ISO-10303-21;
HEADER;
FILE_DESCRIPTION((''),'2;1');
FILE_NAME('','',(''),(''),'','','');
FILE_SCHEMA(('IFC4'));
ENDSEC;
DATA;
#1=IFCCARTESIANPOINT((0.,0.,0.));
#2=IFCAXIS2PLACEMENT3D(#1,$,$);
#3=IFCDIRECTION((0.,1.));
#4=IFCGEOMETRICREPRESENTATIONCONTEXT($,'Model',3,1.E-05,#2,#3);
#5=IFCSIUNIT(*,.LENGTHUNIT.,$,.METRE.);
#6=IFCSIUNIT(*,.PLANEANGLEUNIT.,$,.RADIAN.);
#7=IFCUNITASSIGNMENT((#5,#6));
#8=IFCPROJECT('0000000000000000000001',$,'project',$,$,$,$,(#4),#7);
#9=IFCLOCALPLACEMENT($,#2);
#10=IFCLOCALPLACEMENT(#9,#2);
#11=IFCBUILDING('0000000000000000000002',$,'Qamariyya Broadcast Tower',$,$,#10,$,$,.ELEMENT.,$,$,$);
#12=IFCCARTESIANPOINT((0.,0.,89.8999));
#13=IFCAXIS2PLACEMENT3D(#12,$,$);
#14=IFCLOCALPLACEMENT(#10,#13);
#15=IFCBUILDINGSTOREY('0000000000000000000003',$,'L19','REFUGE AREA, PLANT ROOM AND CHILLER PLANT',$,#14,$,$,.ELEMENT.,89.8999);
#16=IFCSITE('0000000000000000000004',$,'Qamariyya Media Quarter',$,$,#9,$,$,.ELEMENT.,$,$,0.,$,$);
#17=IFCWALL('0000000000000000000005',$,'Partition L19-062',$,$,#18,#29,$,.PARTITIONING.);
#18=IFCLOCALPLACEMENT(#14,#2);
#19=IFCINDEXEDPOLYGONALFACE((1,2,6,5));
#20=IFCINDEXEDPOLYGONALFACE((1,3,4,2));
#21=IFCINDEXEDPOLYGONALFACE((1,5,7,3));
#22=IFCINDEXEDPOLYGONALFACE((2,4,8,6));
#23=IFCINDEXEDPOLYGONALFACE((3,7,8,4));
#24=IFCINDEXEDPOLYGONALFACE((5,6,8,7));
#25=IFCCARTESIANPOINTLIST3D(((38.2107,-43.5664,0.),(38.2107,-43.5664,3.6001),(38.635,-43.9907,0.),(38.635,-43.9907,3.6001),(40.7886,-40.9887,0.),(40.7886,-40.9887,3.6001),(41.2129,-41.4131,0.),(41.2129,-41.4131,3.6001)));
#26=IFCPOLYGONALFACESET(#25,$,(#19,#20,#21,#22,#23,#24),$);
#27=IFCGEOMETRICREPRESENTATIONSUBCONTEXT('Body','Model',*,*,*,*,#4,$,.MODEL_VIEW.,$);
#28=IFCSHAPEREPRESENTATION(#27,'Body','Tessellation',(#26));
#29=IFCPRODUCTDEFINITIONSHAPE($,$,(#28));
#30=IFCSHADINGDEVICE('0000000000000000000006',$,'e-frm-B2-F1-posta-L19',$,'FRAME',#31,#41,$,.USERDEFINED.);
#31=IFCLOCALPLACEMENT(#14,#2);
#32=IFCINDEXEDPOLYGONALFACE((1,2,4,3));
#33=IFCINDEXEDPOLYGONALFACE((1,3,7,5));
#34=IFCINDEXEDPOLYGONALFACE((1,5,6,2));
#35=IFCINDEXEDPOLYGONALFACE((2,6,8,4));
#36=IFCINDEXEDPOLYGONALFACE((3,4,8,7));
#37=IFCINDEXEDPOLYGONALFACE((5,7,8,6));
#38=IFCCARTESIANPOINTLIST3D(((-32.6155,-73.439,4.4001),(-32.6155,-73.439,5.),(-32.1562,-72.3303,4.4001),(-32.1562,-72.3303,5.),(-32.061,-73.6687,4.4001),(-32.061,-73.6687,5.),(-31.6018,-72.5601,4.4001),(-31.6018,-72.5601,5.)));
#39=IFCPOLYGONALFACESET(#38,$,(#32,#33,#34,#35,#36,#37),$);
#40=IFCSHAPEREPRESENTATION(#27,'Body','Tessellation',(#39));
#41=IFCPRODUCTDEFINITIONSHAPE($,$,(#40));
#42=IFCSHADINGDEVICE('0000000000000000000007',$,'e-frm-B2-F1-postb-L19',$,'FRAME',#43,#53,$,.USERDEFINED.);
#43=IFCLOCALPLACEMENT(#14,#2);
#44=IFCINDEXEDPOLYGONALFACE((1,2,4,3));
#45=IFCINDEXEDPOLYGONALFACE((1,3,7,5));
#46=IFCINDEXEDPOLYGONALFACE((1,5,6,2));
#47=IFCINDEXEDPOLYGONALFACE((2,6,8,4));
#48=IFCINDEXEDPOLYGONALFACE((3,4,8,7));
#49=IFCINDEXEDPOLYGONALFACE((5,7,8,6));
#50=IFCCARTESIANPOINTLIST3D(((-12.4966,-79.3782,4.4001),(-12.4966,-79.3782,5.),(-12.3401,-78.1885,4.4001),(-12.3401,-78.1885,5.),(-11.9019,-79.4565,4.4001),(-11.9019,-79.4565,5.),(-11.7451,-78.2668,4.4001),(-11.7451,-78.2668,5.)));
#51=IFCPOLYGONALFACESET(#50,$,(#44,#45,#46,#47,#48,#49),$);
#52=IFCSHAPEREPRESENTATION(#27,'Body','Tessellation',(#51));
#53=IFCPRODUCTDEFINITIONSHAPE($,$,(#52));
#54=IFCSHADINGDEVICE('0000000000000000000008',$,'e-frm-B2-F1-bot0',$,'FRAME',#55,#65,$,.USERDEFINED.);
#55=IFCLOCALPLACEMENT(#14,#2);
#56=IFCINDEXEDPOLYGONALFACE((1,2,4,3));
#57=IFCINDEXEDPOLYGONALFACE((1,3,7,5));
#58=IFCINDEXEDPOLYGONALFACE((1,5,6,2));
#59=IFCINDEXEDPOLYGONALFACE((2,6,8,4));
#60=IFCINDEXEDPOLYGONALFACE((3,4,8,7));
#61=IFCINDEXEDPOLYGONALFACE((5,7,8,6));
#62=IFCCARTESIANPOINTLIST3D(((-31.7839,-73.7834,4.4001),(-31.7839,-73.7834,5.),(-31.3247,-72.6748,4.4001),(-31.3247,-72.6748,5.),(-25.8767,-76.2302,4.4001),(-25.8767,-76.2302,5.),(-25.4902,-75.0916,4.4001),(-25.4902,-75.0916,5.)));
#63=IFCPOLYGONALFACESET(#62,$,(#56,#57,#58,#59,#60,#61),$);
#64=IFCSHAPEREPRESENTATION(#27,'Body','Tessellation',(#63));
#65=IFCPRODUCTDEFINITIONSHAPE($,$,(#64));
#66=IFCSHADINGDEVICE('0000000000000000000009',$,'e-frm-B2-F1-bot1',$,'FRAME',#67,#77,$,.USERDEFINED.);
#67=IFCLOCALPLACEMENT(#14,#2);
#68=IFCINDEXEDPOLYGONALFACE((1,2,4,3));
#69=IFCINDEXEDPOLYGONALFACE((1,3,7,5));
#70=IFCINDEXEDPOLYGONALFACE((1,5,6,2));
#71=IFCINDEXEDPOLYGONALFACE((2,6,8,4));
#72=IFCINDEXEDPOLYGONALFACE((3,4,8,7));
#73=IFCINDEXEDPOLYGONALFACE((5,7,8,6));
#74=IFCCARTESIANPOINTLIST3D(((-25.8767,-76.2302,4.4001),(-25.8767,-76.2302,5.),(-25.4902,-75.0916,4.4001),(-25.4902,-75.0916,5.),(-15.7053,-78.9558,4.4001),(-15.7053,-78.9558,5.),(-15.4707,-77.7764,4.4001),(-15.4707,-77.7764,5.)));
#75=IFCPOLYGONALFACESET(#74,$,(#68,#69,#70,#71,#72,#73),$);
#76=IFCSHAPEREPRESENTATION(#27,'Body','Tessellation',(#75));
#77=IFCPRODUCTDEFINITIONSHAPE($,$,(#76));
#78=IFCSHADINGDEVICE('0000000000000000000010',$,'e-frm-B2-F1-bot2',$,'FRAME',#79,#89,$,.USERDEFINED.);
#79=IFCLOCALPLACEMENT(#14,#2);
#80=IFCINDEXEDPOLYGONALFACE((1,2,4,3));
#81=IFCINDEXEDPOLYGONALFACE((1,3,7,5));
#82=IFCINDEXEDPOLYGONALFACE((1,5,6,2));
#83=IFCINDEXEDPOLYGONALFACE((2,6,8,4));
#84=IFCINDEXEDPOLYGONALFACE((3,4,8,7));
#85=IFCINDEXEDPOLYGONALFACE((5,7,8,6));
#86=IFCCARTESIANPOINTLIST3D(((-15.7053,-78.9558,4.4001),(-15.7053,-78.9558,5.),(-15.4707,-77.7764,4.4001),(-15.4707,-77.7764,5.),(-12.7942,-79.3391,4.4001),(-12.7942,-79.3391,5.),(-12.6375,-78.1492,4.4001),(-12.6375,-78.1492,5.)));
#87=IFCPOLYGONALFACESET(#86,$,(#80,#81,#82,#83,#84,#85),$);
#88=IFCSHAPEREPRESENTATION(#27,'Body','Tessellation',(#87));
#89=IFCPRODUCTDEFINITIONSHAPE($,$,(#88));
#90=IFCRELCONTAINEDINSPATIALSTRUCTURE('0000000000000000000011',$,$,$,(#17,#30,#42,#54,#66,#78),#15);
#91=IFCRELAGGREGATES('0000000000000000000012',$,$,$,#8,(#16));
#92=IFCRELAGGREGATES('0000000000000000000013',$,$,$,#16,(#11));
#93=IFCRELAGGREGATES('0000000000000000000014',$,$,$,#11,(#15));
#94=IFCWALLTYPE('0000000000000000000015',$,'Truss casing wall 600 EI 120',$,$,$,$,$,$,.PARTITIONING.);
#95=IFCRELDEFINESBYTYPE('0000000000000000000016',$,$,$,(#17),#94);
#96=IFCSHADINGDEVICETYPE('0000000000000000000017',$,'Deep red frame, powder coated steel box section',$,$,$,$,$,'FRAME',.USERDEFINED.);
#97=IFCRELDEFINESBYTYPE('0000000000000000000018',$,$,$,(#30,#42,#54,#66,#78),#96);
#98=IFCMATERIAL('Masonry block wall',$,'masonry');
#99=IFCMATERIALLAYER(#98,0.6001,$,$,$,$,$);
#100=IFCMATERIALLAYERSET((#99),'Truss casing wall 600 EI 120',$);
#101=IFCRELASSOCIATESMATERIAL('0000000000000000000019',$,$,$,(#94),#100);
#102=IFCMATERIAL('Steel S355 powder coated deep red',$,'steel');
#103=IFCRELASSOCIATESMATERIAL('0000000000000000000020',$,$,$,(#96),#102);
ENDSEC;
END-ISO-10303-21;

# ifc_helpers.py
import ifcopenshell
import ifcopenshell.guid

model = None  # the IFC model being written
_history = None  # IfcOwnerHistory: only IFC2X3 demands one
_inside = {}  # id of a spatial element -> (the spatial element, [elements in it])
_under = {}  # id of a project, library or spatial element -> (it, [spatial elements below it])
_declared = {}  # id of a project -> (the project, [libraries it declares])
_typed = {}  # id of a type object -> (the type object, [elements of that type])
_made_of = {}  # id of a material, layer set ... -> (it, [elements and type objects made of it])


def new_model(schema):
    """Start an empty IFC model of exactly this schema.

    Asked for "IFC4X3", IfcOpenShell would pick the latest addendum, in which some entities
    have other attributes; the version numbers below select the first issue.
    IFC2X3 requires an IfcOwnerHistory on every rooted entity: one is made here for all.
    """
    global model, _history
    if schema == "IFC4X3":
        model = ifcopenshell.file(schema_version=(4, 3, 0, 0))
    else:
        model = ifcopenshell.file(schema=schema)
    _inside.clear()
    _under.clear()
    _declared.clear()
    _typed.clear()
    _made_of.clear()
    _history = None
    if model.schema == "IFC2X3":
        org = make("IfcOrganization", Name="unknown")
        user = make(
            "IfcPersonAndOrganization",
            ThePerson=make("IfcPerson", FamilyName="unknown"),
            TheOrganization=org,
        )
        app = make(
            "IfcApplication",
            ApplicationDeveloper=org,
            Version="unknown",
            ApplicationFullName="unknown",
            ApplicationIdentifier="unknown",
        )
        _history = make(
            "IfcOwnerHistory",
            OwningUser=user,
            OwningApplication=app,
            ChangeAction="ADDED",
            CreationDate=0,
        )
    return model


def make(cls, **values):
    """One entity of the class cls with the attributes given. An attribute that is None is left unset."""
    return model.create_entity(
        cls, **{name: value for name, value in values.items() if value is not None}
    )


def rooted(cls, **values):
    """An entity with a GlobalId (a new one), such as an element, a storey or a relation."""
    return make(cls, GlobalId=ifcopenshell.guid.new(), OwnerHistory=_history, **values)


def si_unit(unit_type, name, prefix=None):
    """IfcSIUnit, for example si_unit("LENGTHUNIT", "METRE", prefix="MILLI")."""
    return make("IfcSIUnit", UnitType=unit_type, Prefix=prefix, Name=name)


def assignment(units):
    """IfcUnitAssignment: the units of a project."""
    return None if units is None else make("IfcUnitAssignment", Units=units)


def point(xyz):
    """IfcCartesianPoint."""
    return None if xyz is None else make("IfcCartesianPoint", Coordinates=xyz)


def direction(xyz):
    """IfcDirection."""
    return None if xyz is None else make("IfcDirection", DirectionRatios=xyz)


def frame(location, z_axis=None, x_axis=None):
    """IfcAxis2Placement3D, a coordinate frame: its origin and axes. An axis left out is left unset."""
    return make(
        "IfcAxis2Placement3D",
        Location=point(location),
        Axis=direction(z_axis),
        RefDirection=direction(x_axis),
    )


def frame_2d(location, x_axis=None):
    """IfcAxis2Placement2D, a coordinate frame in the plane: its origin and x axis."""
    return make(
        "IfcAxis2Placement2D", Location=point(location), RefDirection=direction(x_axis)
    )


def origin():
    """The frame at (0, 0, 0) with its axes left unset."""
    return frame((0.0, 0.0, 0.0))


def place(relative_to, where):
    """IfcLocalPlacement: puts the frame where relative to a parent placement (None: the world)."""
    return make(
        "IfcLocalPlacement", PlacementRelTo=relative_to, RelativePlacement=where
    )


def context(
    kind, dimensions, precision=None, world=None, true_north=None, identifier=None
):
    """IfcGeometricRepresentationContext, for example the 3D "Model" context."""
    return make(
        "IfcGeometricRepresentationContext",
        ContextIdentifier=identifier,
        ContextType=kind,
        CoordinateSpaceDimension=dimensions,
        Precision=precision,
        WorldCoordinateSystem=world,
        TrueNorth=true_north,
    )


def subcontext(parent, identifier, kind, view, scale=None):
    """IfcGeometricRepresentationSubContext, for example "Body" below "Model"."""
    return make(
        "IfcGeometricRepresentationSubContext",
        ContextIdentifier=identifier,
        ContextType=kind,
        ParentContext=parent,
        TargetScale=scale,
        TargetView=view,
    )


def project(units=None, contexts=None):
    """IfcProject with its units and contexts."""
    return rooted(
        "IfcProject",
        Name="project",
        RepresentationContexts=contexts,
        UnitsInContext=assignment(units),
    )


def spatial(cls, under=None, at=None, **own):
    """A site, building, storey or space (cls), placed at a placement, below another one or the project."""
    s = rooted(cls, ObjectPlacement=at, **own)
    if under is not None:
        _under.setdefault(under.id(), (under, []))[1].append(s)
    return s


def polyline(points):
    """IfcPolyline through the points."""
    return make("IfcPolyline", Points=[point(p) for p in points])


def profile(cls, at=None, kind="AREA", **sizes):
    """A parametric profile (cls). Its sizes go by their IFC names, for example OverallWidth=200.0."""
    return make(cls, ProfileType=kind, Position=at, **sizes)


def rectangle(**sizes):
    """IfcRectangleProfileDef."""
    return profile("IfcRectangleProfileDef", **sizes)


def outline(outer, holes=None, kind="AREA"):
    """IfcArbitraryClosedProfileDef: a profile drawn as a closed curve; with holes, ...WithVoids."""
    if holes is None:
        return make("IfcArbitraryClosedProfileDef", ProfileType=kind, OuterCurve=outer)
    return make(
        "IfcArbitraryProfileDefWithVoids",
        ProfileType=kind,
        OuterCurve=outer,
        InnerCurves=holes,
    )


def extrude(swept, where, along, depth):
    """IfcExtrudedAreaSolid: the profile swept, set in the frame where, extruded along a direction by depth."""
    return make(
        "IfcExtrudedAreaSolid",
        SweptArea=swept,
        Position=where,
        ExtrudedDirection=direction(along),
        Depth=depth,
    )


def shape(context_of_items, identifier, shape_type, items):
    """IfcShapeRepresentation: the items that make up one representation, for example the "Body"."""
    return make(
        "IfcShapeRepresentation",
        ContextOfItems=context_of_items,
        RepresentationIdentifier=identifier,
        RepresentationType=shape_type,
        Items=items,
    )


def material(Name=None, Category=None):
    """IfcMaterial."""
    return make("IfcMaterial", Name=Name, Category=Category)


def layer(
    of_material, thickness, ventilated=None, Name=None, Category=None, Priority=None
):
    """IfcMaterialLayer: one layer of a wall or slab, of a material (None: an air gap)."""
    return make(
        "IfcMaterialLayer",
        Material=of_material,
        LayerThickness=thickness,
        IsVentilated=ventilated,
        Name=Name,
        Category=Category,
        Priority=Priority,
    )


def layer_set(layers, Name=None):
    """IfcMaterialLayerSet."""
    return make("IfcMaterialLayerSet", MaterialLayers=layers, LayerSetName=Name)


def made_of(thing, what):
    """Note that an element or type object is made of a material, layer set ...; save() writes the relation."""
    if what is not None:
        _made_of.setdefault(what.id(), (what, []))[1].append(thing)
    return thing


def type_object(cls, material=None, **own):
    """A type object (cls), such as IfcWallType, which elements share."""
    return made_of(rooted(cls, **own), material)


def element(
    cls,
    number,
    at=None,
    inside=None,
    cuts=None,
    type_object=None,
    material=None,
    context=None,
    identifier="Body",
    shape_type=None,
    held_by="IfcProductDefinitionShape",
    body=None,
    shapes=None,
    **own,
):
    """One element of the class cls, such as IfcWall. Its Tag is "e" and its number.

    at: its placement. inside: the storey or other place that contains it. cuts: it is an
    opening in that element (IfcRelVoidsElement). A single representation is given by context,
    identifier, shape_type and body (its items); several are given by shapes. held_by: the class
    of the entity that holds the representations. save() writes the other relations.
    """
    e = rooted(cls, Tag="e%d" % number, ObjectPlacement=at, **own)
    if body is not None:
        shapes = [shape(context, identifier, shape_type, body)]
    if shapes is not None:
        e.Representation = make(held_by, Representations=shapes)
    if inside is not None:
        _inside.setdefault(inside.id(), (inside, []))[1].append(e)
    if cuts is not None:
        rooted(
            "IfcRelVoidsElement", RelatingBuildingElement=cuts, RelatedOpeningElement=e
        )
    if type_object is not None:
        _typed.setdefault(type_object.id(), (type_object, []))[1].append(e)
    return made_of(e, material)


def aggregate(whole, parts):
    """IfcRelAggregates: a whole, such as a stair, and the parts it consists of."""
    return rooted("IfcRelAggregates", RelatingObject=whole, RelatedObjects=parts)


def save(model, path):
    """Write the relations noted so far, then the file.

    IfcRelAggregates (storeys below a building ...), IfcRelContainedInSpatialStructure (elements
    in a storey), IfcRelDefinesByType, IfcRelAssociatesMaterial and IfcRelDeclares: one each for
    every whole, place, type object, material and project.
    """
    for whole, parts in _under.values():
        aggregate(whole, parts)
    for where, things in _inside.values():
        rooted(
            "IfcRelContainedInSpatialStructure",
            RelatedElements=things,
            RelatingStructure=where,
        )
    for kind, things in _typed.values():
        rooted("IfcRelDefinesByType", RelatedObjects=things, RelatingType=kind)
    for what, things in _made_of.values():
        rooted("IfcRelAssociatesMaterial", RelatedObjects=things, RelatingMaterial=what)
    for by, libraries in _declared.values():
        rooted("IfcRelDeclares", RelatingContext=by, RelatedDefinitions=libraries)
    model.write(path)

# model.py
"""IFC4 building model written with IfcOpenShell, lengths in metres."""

from ifc_helpers import new_model, si_unit, direction, frame, frame_2d, origin, place, context, subcontext, project, spatial, polyline, rectangle, outline, extrude, material, layer, layer_set, type_object, element, save


model = new_model("IFC4")

# Units and contexts
model_context = context("Model", 3, precision=1e-05, world=origin(), true_north=direction((0.0, 1.0)))
body_context = subcontext(model_context, "Body", "Model", "MODEL_VIEW")
ifc_project = project(units=[si_unit("LENGTHUNIT", "METRE"), si_unit("PLANEANGLEUNIT", "RADIAN")], contexts=[model_context])

# Site, building, storey
site_placement = place(None, origin())
site = spatial("IfcSite", under=ifc_project, at=site_placement, Name="Qamariyya Media Quarter", CompositionType="ELEMENT", RefElevation=0.0)
building_placement = place(site_placement, origin())
building = spatial("IfcBuilding", under=site, at=building_placement, Name="Qamariyya Broadcast Tower", CompositionType="ELEMENT")
storey_placement = place(building_placement, frame((0.0, 0.0, 89.8999)))
storey = spatial("IfcBuildingStorey", under=building, at=storey_placement, Name="L19", Description="REFUGE AREA, PLANT ROOM AND CHILLER PLANT", CompositionType="ELEMENT", Elevation=89.8999)

# Wall
ifc_material_1 = material(Name="Masonry block wall", Category="masonry")
ifc_layer_1 = layer(ifc_material_1, 0.6001)
ifc_layer_set_1 = layer_set([ifc_layer_1], Name="Truss casing wall 600 EI 120")
wall_type_1 = type_object("IfcWallType", Name="Truss casing wall 600 EI 120", PredefinedType="PARTITIONING", material=ifc_layer_set_1)
wall_1_placement = place(storey_placement, frame((38.4229, -43.7786, 0.0), z_axis=(0.0, 0.0, 1.0), x_axis=(0.70714, 0.707073, 0.0)))
element("IfcWall", 1, at=wall_1_placement, inside=storey, type_object=wall_type_1, Name="Partition L19-062", PredefinedType="PARTITIONING", context=body_context, shape_type="SweptSolid", body=[
    extrude(rectangle(XDim=3.6455, YDim=0.6001, at=frame_2d((1.8228, 0.0))), origin(), (0.0, 0.0, 1.0), 3.6001),
])

# Shading devices
ifc_material_2 = material(Name="Steel S355 powder coated deep red", Category="steel")
shading_device_type = type_object("IfcShadingDeviceType", Name="Deep red frame, powder coated steel box section", ElementType="FRAME", PredefinedType="USERDEFINED", material=ifc_material_2)
shading_device_1_placement = place(storey_placement, frame((0.0, 0.0, 4.4001)))
element("IfcShadingDevice", 2, at=shading_device_1_placement, inside=storey, type_object=shading_device_type, Name="e-frm-B2-F1-posta-L19", ObjectType="FRAME", PredefinedType="USERDEFINED", context=body_context, shape_type="SweptSolid", body=[
    extrude(outline(polyline([(-32.1562, -72.3303), (-32.6155, -73.439), (-32.061, -73.6687), (-31.6018, -72.5601), (-32.1562, -72.3303)])), origin(), (0.0, 0.0, 1.0), 0.5999),
])
shading_device_2_placement = place(storey_placement, frame((0.0, 0.0, 4.4001)))
element("IfcShadingDevice", 3, at=shading_device_2_placement, inside=storey, type_object=shading_device_type, Name="e-frm-B2-F1-postb-L19", ObjectType="FRAME", PredefinedType="USERDEFINED", context=body_context, shape_type="SweptSolid", body=[
    extrude(outline(polyline([(-12.3401, -78.1885), (-12.4966, -79.3782), (-11.9019, -79.4565), (-11.7451, -78.2668), (-12.3401, -78.1885)])), origin(), (0.0, 0.0, 1.0), 0.5999),
])
shading_device_3_placement = place(storey_placement, frame((0.0, 0.0, 4.4001)))
element("IfcShadingDevice", 4, at=shading_device_3_placement, inside=storey, type_object=shading_device_type, Name="e-frm-B2-F1-bot0", ObjectType="FRAME", PredefinedType="USERDEFINED", context=body_context, shape_type="SweptSolid", body=[
    extrude(outline(polyline([(-31.3247, -72.6748), (-31.7839, -73.7834), (-25.8767, -76.2302), (-25.4902, -75.0916), (-31.3247, -72.6748)])), origin(), (0.0, 0.0, 1.0), 0.5999),
])
shading_device_4_placement = place(storey_placement, frame((0.0, 0.0, 4.4001)))
element("IfcShadingDevice", 5, at=shading_device_4_placement, inside=storey, type_object=shading_device_type, Name="e-frm-B2-F1-bot1", ObjectType="FRAME", PredefinedType="USERDEFINED", context=body_context, shape_type="SweptSolid", body=[
    extrude(outline(polyline([(-25.4902, -75.0916), (-25.8767, -76.2302), (-15.7053, -78.9558), (-15.4707, -77.7764), (-25.4902, -75.0916)])), origin(), (0.0, 0.0, 1.0), 0.5999),
])
shading_device_5_placement = place(storey_placement, frame((0.0, 0.0, 4.4001)))
element("IfcShadingDevice", 6, at=shading_device_5_placement, inside=storey, type_object=shading_device_type, Name="e-frm-B2-F1-bot2", ObjectType="FRAME", PredefinedType="USERDEFINED", context=body_context, shape_type="SweptSolid", body=[
    extrude(outline(polyline([(-15.4707, -77.7764), (-15.7053, -78.9558), (-12.7942, -79.3391), (-12.6375, -78.1492), (-15.4707, -77.7764)])), origin(), (0.0, 0.0, 1.0), 0.5999),
])

save(model, "model.ifc")
